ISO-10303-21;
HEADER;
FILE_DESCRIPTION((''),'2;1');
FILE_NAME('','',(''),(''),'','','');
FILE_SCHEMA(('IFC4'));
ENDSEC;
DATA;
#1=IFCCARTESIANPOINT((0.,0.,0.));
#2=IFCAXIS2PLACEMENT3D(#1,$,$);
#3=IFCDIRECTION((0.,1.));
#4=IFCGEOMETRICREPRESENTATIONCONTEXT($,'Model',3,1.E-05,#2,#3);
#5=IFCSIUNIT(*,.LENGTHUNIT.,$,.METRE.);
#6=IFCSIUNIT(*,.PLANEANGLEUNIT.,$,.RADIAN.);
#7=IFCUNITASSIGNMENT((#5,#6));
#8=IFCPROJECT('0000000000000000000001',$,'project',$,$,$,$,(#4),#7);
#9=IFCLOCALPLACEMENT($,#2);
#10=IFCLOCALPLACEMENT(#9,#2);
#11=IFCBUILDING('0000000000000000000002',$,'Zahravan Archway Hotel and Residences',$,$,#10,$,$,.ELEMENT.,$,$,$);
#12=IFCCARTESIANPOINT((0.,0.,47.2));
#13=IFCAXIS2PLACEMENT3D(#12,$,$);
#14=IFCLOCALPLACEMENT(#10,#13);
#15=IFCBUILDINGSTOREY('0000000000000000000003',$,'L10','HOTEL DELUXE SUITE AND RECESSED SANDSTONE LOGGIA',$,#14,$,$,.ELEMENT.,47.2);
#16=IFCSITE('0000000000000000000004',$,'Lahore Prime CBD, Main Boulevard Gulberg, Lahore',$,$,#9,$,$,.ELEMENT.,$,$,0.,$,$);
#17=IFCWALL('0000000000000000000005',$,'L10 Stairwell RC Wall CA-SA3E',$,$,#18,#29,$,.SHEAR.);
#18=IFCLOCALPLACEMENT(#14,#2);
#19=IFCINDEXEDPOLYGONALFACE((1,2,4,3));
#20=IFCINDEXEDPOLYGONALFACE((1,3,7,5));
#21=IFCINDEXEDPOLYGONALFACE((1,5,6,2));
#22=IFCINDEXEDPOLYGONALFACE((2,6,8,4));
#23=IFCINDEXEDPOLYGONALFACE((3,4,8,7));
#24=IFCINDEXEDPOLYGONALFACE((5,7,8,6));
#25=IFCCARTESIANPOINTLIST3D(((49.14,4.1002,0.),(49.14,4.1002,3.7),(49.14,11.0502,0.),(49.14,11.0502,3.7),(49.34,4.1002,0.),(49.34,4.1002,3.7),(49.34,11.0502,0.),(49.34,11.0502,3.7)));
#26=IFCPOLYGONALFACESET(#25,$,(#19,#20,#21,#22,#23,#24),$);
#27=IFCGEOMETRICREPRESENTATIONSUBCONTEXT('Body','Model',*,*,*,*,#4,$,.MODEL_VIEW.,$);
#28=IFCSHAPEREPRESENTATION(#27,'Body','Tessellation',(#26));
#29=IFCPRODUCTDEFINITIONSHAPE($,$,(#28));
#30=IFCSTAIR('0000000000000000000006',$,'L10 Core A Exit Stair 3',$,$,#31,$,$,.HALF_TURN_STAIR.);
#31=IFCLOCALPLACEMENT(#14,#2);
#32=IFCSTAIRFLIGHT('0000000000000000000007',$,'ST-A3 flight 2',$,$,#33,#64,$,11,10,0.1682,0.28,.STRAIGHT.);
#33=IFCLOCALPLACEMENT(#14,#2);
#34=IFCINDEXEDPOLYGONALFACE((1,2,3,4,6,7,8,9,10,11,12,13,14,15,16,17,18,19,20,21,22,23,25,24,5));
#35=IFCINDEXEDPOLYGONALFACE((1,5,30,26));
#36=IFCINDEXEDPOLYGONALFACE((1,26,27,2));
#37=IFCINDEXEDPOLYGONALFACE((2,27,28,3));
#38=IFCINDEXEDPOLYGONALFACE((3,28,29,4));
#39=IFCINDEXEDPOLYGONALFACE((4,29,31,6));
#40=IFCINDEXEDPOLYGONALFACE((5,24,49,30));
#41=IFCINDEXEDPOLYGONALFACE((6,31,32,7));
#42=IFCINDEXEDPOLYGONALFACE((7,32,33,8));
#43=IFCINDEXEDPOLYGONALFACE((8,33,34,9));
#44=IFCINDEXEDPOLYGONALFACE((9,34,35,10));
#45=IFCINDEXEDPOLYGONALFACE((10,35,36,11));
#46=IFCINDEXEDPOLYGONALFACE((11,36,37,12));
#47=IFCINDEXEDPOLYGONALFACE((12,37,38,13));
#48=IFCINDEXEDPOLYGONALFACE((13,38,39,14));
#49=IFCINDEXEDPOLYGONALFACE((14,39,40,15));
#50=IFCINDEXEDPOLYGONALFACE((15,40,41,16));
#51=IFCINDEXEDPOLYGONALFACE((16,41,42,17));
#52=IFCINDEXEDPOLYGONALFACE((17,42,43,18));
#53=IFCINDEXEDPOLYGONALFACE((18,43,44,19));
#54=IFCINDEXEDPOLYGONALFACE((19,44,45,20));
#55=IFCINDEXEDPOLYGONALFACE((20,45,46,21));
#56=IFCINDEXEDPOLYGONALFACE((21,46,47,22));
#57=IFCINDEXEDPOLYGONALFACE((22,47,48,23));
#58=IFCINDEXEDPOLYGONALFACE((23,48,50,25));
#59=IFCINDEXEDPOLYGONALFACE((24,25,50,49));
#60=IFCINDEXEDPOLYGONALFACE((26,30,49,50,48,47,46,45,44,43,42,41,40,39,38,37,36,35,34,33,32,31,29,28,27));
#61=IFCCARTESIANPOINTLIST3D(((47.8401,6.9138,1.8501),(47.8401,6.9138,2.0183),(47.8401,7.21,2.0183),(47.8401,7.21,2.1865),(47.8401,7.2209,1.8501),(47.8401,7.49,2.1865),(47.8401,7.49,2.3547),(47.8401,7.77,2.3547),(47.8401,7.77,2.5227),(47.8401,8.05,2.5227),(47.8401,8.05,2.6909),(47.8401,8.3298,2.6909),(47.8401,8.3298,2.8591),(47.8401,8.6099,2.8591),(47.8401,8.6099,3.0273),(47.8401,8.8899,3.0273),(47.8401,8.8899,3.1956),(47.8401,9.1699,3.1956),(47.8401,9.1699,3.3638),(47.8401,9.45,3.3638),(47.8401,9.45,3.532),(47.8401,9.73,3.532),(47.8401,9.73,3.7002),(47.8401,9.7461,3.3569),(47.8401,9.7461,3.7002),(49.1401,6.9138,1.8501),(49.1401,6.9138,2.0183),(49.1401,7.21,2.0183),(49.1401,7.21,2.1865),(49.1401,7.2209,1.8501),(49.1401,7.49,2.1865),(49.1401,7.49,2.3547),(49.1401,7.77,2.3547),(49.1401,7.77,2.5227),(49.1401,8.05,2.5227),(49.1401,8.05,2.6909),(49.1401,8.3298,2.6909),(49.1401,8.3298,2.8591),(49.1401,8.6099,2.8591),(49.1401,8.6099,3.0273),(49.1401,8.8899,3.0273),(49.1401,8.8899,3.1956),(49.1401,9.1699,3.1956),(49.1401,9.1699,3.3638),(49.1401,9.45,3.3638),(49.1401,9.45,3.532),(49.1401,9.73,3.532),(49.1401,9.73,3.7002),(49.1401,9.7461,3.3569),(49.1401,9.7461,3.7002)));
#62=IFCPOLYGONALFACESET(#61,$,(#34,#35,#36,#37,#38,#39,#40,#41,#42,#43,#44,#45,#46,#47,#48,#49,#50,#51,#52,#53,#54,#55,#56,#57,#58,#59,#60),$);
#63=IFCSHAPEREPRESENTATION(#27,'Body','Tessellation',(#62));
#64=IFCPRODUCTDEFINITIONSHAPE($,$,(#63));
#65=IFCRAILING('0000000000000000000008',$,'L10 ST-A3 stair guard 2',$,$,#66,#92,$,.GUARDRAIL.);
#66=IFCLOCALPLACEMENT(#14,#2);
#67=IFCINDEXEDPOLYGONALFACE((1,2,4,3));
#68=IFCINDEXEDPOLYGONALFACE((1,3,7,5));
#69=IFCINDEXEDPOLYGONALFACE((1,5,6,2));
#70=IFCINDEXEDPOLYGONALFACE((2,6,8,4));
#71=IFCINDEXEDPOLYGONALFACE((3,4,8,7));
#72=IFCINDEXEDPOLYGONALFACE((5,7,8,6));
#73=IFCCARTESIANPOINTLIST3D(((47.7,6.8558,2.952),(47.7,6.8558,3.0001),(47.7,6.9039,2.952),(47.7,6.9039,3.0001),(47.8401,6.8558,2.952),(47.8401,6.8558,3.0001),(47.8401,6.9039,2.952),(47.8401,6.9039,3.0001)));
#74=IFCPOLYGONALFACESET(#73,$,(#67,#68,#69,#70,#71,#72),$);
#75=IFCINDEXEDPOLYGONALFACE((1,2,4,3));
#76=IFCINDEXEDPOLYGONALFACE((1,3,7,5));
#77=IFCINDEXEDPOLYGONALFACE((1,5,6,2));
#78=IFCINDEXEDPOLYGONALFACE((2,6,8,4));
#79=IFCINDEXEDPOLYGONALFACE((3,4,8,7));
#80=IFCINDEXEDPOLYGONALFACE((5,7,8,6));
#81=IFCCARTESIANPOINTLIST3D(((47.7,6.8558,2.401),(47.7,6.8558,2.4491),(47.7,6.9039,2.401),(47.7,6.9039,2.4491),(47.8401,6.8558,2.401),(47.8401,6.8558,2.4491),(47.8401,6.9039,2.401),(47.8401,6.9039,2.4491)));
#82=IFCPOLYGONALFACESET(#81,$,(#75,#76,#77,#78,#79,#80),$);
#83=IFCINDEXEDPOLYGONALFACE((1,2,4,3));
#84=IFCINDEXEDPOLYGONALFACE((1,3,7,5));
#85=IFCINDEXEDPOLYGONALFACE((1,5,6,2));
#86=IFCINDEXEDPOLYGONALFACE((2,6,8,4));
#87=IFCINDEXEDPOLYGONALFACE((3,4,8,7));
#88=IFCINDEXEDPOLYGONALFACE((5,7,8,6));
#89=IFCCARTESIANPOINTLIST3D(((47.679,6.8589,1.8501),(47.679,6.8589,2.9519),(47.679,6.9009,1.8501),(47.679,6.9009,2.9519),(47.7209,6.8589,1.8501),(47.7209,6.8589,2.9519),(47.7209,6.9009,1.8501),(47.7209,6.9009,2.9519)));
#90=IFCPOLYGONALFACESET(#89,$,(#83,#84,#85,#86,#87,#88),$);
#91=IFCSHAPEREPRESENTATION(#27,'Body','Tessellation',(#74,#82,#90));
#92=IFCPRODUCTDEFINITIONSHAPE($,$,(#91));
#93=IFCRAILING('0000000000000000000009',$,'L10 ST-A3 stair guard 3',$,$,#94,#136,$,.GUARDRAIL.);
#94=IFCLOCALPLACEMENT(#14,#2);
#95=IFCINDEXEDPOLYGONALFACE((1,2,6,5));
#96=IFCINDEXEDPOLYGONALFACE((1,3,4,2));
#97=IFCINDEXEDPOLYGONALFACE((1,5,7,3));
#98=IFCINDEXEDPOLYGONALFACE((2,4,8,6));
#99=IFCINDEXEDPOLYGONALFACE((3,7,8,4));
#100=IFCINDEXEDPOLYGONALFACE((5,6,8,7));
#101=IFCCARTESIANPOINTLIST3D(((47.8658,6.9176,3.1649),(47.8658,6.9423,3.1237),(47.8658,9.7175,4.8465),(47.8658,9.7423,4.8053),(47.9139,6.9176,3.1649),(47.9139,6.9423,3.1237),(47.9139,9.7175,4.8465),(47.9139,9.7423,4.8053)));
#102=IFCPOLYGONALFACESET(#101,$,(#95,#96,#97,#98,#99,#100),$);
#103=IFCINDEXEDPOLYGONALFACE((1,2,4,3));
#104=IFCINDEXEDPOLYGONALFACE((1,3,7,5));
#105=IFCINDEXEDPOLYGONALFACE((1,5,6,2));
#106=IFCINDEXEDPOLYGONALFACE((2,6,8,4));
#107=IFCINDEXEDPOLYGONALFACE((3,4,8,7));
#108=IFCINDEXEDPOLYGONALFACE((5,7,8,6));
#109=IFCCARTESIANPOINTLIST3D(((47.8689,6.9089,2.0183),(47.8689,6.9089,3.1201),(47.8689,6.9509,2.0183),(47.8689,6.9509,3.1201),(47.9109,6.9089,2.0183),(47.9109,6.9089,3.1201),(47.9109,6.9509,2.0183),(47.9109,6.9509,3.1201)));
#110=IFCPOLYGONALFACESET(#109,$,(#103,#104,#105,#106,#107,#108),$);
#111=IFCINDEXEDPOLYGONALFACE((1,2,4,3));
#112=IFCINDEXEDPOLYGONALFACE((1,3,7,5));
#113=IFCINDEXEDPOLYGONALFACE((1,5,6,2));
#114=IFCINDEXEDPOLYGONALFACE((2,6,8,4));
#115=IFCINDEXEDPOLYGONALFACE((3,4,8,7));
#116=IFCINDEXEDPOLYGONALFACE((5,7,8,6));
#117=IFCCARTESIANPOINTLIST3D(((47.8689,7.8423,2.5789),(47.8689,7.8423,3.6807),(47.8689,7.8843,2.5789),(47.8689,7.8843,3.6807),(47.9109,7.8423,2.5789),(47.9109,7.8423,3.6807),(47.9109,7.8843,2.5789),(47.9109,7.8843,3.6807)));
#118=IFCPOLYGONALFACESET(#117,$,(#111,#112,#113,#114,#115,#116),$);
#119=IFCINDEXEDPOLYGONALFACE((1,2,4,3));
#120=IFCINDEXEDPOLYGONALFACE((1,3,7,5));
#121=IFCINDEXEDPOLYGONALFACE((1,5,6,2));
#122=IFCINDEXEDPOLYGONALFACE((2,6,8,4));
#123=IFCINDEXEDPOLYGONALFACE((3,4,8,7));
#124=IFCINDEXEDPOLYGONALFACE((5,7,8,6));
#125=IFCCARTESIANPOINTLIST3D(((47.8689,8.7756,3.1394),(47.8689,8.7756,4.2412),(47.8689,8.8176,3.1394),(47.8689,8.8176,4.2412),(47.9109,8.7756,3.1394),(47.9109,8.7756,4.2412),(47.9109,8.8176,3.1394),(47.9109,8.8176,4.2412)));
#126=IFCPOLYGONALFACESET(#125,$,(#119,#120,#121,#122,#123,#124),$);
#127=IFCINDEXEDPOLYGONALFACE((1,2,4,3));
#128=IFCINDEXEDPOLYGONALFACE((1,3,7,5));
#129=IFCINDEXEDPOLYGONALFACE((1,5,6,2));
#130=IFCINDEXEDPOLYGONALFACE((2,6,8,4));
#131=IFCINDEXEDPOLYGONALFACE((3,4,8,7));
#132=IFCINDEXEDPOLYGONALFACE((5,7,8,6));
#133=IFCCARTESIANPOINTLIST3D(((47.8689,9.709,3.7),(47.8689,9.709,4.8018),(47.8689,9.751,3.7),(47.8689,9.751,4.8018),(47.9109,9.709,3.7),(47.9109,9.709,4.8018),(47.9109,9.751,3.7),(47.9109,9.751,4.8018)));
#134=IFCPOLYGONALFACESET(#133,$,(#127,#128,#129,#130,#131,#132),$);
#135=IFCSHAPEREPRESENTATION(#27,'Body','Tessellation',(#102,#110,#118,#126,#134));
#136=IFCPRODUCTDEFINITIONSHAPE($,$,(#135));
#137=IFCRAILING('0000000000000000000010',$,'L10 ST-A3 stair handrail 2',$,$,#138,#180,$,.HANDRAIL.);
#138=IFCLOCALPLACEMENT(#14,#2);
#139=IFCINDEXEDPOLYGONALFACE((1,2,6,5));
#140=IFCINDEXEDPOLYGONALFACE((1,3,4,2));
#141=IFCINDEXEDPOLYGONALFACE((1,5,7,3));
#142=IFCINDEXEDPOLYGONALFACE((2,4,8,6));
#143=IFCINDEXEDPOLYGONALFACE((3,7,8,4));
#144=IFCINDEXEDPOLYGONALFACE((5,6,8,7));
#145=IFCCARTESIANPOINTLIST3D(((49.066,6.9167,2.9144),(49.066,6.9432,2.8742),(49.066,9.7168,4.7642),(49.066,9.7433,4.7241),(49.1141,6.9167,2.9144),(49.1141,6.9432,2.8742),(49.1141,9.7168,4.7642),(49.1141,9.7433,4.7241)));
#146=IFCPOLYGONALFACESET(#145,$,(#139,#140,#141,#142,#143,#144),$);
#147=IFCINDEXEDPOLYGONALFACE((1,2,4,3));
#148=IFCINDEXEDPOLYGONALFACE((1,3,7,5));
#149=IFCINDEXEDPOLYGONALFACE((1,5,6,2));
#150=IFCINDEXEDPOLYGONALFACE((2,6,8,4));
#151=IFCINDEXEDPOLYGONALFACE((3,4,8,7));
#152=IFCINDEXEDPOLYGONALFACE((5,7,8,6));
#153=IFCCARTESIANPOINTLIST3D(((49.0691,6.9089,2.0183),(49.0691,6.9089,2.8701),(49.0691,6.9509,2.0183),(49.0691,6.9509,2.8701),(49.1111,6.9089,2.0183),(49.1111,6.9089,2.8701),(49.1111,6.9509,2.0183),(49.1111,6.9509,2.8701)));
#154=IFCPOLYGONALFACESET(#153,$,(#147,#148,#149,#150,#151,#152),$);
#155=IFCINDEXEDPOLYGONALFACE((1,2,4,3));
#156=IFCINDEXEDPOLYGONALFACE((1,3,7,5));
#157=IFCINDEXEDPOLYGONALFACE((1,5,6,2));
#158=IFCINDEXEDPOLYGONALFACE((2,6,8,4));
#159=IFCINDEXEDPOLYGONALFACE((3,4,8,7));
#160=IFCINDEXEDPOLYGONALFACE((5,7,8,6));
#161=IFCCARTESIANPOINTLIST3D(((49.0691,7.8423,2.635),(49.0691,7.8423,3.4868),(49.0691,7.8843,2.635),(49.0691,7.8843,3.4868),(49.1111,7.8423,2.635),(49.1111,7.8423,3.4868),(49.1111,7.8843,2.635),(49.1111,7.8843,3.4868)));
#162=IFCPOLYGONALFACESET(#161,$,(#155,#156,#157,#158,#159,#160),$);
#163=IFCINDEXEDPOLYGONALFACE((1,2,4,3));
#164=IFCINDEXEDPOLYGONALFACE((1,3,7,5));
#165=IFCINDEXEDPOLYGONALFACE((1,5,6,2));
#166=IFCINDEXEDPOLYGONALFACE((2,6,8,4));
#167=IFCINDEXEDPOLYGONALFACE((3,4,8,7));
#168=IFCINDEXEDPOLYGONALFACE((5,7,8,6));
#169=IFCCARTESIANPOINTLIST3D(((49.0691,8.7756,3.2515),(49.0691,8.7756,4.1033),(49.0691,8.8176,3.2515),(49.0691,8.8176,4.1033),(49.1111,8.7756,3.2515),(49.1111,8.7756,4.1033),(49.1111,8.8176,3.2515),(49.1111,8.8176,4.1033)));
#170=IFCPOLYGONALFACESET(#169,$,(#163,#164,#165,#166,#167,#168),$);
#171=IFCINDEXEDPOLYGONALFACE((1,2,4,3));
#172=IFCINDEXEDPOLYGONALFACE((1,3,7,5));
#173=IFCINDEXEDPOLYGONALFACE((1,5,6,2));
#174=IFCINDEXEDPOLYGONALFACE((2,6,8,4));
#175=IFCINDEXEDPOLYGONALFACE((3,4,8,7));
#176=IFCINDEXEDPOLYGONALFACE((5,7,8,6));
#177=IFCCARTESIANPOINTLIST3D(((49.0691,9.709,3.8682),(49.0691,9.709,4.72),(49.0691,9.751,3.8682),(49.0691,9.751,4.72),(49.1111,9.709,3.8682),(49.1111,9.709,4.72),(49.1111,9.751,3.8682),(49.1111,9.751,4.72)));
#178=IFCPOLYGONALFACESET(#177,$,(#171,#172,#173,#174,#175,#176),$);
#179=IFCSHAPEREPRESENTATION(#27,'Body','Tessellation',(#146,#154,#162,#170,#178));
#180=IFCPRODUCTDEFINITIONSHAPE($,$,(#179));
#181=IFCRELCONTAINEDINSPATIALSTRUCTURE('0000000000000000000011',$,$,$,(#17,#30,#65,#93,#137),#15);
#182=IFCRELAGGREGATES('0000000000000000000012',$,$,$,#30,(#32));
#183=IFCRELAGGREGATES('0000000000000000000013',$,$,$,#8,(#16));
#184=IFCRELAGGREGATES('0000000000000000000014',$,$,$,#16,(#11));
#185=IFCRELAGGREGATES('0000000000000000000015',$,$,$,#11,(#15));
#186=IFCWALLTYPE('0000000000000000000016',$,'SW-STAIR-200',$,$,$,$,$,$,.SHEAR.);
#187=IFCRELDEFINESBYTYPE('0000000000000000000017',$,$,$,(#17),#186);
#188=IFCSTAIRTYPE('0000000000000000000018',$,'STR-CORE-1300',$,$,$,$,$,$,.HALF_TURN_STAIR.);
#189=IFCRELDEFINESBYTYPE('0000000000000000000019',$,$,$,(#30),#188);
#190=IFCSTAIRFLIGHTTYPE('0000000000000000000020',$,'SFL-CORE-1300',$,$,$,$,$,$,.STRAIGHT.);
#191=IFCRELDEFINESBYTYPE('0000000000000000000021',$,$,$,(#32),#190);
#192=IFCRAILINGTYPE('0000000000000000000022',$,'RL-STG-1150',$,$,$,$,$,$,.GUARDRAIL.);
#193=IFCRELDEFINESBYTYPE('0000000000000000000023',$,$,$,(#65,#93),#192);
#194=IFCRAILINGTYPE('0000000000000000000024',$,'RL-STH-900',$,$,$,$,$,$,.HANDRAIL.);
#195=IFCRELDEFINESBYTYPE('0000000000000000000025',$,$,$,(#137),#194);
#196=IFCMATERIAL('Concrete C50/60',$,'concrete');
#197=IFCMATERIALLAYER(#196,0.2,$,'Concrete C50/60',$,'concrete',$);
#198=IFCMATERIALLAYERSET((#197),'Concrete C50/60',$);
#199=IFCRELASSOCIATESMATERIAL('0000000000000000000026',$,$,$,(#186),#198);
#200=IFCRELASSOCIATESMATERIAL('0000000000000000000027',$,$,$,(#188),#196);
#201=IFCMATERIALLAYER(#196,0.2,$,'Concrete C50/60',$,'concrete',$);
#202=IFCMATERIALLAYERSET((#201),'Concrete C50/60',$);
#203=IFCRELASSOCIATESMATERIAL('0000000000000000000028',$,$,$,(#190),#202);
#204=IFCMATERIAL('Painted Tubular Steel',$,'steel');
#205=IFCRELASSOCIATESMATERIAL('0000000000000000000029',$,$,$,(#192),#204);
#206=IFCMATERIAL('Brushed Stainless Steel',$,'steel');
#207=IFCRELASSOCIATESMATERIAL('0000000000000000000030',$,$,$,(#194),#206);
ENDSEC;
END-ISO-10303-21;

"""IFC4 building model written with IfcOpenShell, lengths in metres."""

from ifc_helpers import new_model, si_unit, direction, frame, frame_2d, origin, origin_2d, place, context, subcontext, project, spatial, polyline, rectangle, outline, extrude, source, transform, mapped, material, layer, layer_set, type_object, element, aggregate, save


model = new_model("IFC4")

# Units and contexts
model_context = context("Model", 3, precision=1e-05, world=origin(), true_north=direction((0.0, 1.0)))
body_context = subcontext(model_context, "Body", "Model", "MODEL_VIEW")
ifc_project = project(units=[si_unit("LENGTHUNIT", "METRE"), si_unit("PLANEANGLEUNIT", "RADIAN")], contexts=[model_context])

# Site, building, storey
site_placement = place(None, origin())
site = spatial("IfcSite", under=ifc_project, at=site_placement, Name="Lahore Prime CBD, Main Boulevard Gulberg, Lahore", CompositionType="ELEMENT", RefElevation=0.0)
building_placement = place(site_placement, origin())
building = spatial("IfcBuilding", under=site, at=building_placement, Name="Zahravan Archway Hotel and Residences", CompositionType="ELEMENT")
storey_placement = place(building_placement, frame((0.0, 0.0, 47.2)))
storey = spatial("IfcBuildingStorey", under=building, at=storey_placement, Name="L10", Description="HOTEL DELUXE SUITE AND RECESSED SANDSTONE LOGGIA", CompositionType="ELEMENT", Elevation=47.2)

# Wall
ifc_material_1 = material(Name="Concrete C50/60", Category="concrete")
ifc_layer_1 = layer(ifc_material_1, 0.2, Name="Concrete C50/60", Category="concrete")
ifc_layer_set_1 = layer_set([ifc_layer_1], Name="Concrete C50/60")
wall_type_1 = type_object("IfcWallType", Name="SW-STAIR-200", PredefinedType="SHEAR", material=ifc_layer_set_1)
wall_1_placement = place(storey_placement, frame((49.24, 4.1001, 0.0), z_axis=(0.0, 0.0, 1.0), x_axis=(0.0, 1.0, 0.0)))
element("IfcWall", 1, at=wall_1_placement, inside=storey, type_object=wall_type_1, Name="L10 Stairwell RC Wall CA-SA3E", PredefinedType="SHEAR", context=body_context, shape_type="SweptSolid", body=[
    extrude(rectangle(XDim=6.95, YDim=0.2, at=frame_2d((3.4751, 0.0))), origin(), (0.0, 0.0, 1.0), 3.7),
])

# Stair, stair flight
stair_type = type_object("IfcStairType", Name="STR-CORE-1300", PredefinedType="HALF_TURN_STAIR", material=ifc_material_1)
stair_placement = place(storey_placement, origin())
stair = element("IfcStair", 2, at=stair_placement, inside=storey, type_object=stair_type, Name="L10 Core A Exit Stair 3", PredefinedType="HALF_TURN_STAIR")
ifc_layer_2 = layer(ifc_material_1, 0.2, Name="Concrete C50/60", Category="concrete")
ifc_layer_set_2 = layer_set([ifc_layer_2], Name="Concrete C50/60")
stair_flight_type = type_object("IfcStairFlightType", Name="SFL-CORE-1300", PredefinedType="STRAIGHT", material=ifc_layer_set_2)
shared_shape_1 = source(origin(), body_context, "Body", "SweptSolid", [
    extrude(outline(polyline([(-0.0161, 0.0), (-0.0161, 0.1682), (0.28, 0.1682), (0.28, 0.3364), (0.5601, 0.3364), (0.5601, 0.5046), (0.8401, 0.5046), (0.8401, 0.6726), (1.1201, 0.6726), (1.1201, 0.8408), (1.3999, 0.8408), (1.3999, 1.009), (1.6799, 1.009), (1.6799, 1.1772), (1.96, 1.1772), (1.96, 1.3455), (2.24, 1.3455), (2.24, 1.5137), (2.52, 1.5137), (2.52, 1.6819), (2.8, 1.6819), (2.8, 1.8501), (2.8162, 1.8501), (2.8162, 1.5068), (0.291, 0.0), (-0.0161, 0.0)])), frame((0.0, 0.6499, 0.0), z_axis=(0.0, -1.0, 0.0), x_axis=(1.0, 0.0, 0.0)), (0.0, 0.0, 1.0), 1.3),
])
stair_flight_placement = place(storey_placement, frame((48.49, 6.9299, 1.8501), z_axis=(0.0, 0.0, 1.0), x_axis=(0.0, 1.0, 0.0)))
stair_flight = element("IfcStairFlight", 3, at=stair_flight_placement, type_object=stair_flight_type, Name="ST-A3 flight 2", NumberOfRisers=11, NumberOfTreads=10, PredefinedType="STRAIGHT", RiserHeight=0.1682, TreadLength=0.28, context=body_context, shape_type="MappedRepresentation", body=[
    mapped(shared_shape_1, transform((0.0, 0.0, 0.0), scale=1.0)),
])
aggregate(stair, [stair_flight])

# Railings
ifc_material_2 = material(Name="Painted Tubular Steel", Category="steel")
railing_type_1 = type_object("IfcRailingType", Name="RL-STG-1150", PredefinedType="GUARDRAIL", material=ifc_material_2)
railing_1_placement = place(storey_placement, frame((47.7, 6.8799, 1.8501)))
element("IfcRailing", 4, at=railing_1_placement, inside=storey, type_object=railing_type_1, Name="L10 ST-A3 stair guard 2", PredefinedType="GUARDRAIL", context=body_context, shape_type="SweptSolid", body=[
    extrude(rectangle(XDim=0.0481, YDim=0.0481, at=origin_2d()), frame((0.0, 0.0, 1.126), z_axis=(1.0, 0.0, 0.0), x_axis=(0.0, 1.0, 0.0)), (0.0, 0.0, 1.0), 0.1401),
    extrude(rectangle(XDim=0.0481, YDim=0.0481, at=origin_2d()), frame((0.0, 0.0, 0.575), z_axis=(1.0, 0.0, 0.0), x_axis=(0.0, 1.0, 0.0)), (0.0, 0.0, 1.0), 0.1401),
    extrude(rectangle(XDim=0.042, YDim=0.042, at=origin_2d()), origin(), (0.0, 0.0, 1.0), 1.1018),
])
railing_2_placement = place(storey_placement, frame((47.8899, 6.9299, 2.0183)))
element("IfcRailing", 5, at=railing_2_placement, inside=storey, type_object=railing_type_1, Name="L10 ST-A3 stair guard 3", PredefinedType="GUARDRAIL", context=body_context, shape_type="SweptSolid", body=[
    extrude(rectangle(XDim=0.0481, YDim=0.0481, at=origin_2d()), frame((0.0, 0.0, 1.126), z_axis=(0.0, 0.857275, 0.514858), x_axis=(-1.0, 0.0, 0.0)), (0.0, 0.0, 1.0), 3.2661),
    extrude(rectangle(XDim=0.042, YDim=0.042, at=origin_2d()), origin(), (0.0, 0.0, 1.0), 1.1018),
    extrude(rectangle(XDim=0.042, YDim=0.042, at=origin_2d()), frame((0.0, 0.9333, 0.5605)), (0.0, 0.0, 1.0), 1.1018),
    extrude(rectangle(XDim=0.042, YDim=0.042, at=origin_2d()), frame((0.0, 1.8667, 1.1211)), (0.0, 0.0, 1.0), 1.1018),
    extrude(rectangle(XDim=0.042, YDim=0.042, at=origin_2d()), frame((0.0, 2.8, 1.6816)), (0.0, 0.0, 1.0), 1.1018),
])
ifc_material_3 = material(Name="Brushed Stainless Steel", Category="steel")
railing_type_2 = type_object("IfcRailingType", Name="RL-STH-900", PredefinedType="HANDRAIL", material=ifc_material_3)
railing_3_placement = place(storey_placement, frame((49.0901, 6.9299, 2.0183)))
element("IfcRailing", 6, at=railing_3_placement, inside=storey, type_object=railing_type_2, Name="L10 ST-A3 stair handrail 2", PredefinedType="HANDRAIL", context=body_context, shape_type="SweptSolid", body=[
    extrude(rectangle(XDim=0.0481, YDim=0.0481, at=origin_2d()), frame((0.0, 0.0, 0.876), z_axis=(0.0, 0.83436, 0.55122), x_axis=(-1.0, 0.0, 0.0)), (0.0, 0.0, 1.0), 3.356),
    extrude(rectangle(XDim=0.042, YDim=0.042, at=origin_2d()), origin(), (0.0, 0.0, 1.0), 0.8518),
    extrude(rectangle(XDim=0.042, YDim=0.042, at=origin_2d()), frame((0.0, 0.9333, 0.6167)), (0.0, 0.0, 1.0), 0.8518),
    extrude(rectangle(XDim=0.042, YDim=0.042, at=origin_2d()), frame((0.0, 1.8667, 1.2332)), (0.0, 0.0, 1.0), 0.8518),
    extrude(rectangle(XDim=0.042, YDim=0.042, at=origin_2d()), frame((0.0, 2.8, 1.8499)), (0.0, 0.0, 1.0), 0.8518),
])

save(model, "model.ifc")
